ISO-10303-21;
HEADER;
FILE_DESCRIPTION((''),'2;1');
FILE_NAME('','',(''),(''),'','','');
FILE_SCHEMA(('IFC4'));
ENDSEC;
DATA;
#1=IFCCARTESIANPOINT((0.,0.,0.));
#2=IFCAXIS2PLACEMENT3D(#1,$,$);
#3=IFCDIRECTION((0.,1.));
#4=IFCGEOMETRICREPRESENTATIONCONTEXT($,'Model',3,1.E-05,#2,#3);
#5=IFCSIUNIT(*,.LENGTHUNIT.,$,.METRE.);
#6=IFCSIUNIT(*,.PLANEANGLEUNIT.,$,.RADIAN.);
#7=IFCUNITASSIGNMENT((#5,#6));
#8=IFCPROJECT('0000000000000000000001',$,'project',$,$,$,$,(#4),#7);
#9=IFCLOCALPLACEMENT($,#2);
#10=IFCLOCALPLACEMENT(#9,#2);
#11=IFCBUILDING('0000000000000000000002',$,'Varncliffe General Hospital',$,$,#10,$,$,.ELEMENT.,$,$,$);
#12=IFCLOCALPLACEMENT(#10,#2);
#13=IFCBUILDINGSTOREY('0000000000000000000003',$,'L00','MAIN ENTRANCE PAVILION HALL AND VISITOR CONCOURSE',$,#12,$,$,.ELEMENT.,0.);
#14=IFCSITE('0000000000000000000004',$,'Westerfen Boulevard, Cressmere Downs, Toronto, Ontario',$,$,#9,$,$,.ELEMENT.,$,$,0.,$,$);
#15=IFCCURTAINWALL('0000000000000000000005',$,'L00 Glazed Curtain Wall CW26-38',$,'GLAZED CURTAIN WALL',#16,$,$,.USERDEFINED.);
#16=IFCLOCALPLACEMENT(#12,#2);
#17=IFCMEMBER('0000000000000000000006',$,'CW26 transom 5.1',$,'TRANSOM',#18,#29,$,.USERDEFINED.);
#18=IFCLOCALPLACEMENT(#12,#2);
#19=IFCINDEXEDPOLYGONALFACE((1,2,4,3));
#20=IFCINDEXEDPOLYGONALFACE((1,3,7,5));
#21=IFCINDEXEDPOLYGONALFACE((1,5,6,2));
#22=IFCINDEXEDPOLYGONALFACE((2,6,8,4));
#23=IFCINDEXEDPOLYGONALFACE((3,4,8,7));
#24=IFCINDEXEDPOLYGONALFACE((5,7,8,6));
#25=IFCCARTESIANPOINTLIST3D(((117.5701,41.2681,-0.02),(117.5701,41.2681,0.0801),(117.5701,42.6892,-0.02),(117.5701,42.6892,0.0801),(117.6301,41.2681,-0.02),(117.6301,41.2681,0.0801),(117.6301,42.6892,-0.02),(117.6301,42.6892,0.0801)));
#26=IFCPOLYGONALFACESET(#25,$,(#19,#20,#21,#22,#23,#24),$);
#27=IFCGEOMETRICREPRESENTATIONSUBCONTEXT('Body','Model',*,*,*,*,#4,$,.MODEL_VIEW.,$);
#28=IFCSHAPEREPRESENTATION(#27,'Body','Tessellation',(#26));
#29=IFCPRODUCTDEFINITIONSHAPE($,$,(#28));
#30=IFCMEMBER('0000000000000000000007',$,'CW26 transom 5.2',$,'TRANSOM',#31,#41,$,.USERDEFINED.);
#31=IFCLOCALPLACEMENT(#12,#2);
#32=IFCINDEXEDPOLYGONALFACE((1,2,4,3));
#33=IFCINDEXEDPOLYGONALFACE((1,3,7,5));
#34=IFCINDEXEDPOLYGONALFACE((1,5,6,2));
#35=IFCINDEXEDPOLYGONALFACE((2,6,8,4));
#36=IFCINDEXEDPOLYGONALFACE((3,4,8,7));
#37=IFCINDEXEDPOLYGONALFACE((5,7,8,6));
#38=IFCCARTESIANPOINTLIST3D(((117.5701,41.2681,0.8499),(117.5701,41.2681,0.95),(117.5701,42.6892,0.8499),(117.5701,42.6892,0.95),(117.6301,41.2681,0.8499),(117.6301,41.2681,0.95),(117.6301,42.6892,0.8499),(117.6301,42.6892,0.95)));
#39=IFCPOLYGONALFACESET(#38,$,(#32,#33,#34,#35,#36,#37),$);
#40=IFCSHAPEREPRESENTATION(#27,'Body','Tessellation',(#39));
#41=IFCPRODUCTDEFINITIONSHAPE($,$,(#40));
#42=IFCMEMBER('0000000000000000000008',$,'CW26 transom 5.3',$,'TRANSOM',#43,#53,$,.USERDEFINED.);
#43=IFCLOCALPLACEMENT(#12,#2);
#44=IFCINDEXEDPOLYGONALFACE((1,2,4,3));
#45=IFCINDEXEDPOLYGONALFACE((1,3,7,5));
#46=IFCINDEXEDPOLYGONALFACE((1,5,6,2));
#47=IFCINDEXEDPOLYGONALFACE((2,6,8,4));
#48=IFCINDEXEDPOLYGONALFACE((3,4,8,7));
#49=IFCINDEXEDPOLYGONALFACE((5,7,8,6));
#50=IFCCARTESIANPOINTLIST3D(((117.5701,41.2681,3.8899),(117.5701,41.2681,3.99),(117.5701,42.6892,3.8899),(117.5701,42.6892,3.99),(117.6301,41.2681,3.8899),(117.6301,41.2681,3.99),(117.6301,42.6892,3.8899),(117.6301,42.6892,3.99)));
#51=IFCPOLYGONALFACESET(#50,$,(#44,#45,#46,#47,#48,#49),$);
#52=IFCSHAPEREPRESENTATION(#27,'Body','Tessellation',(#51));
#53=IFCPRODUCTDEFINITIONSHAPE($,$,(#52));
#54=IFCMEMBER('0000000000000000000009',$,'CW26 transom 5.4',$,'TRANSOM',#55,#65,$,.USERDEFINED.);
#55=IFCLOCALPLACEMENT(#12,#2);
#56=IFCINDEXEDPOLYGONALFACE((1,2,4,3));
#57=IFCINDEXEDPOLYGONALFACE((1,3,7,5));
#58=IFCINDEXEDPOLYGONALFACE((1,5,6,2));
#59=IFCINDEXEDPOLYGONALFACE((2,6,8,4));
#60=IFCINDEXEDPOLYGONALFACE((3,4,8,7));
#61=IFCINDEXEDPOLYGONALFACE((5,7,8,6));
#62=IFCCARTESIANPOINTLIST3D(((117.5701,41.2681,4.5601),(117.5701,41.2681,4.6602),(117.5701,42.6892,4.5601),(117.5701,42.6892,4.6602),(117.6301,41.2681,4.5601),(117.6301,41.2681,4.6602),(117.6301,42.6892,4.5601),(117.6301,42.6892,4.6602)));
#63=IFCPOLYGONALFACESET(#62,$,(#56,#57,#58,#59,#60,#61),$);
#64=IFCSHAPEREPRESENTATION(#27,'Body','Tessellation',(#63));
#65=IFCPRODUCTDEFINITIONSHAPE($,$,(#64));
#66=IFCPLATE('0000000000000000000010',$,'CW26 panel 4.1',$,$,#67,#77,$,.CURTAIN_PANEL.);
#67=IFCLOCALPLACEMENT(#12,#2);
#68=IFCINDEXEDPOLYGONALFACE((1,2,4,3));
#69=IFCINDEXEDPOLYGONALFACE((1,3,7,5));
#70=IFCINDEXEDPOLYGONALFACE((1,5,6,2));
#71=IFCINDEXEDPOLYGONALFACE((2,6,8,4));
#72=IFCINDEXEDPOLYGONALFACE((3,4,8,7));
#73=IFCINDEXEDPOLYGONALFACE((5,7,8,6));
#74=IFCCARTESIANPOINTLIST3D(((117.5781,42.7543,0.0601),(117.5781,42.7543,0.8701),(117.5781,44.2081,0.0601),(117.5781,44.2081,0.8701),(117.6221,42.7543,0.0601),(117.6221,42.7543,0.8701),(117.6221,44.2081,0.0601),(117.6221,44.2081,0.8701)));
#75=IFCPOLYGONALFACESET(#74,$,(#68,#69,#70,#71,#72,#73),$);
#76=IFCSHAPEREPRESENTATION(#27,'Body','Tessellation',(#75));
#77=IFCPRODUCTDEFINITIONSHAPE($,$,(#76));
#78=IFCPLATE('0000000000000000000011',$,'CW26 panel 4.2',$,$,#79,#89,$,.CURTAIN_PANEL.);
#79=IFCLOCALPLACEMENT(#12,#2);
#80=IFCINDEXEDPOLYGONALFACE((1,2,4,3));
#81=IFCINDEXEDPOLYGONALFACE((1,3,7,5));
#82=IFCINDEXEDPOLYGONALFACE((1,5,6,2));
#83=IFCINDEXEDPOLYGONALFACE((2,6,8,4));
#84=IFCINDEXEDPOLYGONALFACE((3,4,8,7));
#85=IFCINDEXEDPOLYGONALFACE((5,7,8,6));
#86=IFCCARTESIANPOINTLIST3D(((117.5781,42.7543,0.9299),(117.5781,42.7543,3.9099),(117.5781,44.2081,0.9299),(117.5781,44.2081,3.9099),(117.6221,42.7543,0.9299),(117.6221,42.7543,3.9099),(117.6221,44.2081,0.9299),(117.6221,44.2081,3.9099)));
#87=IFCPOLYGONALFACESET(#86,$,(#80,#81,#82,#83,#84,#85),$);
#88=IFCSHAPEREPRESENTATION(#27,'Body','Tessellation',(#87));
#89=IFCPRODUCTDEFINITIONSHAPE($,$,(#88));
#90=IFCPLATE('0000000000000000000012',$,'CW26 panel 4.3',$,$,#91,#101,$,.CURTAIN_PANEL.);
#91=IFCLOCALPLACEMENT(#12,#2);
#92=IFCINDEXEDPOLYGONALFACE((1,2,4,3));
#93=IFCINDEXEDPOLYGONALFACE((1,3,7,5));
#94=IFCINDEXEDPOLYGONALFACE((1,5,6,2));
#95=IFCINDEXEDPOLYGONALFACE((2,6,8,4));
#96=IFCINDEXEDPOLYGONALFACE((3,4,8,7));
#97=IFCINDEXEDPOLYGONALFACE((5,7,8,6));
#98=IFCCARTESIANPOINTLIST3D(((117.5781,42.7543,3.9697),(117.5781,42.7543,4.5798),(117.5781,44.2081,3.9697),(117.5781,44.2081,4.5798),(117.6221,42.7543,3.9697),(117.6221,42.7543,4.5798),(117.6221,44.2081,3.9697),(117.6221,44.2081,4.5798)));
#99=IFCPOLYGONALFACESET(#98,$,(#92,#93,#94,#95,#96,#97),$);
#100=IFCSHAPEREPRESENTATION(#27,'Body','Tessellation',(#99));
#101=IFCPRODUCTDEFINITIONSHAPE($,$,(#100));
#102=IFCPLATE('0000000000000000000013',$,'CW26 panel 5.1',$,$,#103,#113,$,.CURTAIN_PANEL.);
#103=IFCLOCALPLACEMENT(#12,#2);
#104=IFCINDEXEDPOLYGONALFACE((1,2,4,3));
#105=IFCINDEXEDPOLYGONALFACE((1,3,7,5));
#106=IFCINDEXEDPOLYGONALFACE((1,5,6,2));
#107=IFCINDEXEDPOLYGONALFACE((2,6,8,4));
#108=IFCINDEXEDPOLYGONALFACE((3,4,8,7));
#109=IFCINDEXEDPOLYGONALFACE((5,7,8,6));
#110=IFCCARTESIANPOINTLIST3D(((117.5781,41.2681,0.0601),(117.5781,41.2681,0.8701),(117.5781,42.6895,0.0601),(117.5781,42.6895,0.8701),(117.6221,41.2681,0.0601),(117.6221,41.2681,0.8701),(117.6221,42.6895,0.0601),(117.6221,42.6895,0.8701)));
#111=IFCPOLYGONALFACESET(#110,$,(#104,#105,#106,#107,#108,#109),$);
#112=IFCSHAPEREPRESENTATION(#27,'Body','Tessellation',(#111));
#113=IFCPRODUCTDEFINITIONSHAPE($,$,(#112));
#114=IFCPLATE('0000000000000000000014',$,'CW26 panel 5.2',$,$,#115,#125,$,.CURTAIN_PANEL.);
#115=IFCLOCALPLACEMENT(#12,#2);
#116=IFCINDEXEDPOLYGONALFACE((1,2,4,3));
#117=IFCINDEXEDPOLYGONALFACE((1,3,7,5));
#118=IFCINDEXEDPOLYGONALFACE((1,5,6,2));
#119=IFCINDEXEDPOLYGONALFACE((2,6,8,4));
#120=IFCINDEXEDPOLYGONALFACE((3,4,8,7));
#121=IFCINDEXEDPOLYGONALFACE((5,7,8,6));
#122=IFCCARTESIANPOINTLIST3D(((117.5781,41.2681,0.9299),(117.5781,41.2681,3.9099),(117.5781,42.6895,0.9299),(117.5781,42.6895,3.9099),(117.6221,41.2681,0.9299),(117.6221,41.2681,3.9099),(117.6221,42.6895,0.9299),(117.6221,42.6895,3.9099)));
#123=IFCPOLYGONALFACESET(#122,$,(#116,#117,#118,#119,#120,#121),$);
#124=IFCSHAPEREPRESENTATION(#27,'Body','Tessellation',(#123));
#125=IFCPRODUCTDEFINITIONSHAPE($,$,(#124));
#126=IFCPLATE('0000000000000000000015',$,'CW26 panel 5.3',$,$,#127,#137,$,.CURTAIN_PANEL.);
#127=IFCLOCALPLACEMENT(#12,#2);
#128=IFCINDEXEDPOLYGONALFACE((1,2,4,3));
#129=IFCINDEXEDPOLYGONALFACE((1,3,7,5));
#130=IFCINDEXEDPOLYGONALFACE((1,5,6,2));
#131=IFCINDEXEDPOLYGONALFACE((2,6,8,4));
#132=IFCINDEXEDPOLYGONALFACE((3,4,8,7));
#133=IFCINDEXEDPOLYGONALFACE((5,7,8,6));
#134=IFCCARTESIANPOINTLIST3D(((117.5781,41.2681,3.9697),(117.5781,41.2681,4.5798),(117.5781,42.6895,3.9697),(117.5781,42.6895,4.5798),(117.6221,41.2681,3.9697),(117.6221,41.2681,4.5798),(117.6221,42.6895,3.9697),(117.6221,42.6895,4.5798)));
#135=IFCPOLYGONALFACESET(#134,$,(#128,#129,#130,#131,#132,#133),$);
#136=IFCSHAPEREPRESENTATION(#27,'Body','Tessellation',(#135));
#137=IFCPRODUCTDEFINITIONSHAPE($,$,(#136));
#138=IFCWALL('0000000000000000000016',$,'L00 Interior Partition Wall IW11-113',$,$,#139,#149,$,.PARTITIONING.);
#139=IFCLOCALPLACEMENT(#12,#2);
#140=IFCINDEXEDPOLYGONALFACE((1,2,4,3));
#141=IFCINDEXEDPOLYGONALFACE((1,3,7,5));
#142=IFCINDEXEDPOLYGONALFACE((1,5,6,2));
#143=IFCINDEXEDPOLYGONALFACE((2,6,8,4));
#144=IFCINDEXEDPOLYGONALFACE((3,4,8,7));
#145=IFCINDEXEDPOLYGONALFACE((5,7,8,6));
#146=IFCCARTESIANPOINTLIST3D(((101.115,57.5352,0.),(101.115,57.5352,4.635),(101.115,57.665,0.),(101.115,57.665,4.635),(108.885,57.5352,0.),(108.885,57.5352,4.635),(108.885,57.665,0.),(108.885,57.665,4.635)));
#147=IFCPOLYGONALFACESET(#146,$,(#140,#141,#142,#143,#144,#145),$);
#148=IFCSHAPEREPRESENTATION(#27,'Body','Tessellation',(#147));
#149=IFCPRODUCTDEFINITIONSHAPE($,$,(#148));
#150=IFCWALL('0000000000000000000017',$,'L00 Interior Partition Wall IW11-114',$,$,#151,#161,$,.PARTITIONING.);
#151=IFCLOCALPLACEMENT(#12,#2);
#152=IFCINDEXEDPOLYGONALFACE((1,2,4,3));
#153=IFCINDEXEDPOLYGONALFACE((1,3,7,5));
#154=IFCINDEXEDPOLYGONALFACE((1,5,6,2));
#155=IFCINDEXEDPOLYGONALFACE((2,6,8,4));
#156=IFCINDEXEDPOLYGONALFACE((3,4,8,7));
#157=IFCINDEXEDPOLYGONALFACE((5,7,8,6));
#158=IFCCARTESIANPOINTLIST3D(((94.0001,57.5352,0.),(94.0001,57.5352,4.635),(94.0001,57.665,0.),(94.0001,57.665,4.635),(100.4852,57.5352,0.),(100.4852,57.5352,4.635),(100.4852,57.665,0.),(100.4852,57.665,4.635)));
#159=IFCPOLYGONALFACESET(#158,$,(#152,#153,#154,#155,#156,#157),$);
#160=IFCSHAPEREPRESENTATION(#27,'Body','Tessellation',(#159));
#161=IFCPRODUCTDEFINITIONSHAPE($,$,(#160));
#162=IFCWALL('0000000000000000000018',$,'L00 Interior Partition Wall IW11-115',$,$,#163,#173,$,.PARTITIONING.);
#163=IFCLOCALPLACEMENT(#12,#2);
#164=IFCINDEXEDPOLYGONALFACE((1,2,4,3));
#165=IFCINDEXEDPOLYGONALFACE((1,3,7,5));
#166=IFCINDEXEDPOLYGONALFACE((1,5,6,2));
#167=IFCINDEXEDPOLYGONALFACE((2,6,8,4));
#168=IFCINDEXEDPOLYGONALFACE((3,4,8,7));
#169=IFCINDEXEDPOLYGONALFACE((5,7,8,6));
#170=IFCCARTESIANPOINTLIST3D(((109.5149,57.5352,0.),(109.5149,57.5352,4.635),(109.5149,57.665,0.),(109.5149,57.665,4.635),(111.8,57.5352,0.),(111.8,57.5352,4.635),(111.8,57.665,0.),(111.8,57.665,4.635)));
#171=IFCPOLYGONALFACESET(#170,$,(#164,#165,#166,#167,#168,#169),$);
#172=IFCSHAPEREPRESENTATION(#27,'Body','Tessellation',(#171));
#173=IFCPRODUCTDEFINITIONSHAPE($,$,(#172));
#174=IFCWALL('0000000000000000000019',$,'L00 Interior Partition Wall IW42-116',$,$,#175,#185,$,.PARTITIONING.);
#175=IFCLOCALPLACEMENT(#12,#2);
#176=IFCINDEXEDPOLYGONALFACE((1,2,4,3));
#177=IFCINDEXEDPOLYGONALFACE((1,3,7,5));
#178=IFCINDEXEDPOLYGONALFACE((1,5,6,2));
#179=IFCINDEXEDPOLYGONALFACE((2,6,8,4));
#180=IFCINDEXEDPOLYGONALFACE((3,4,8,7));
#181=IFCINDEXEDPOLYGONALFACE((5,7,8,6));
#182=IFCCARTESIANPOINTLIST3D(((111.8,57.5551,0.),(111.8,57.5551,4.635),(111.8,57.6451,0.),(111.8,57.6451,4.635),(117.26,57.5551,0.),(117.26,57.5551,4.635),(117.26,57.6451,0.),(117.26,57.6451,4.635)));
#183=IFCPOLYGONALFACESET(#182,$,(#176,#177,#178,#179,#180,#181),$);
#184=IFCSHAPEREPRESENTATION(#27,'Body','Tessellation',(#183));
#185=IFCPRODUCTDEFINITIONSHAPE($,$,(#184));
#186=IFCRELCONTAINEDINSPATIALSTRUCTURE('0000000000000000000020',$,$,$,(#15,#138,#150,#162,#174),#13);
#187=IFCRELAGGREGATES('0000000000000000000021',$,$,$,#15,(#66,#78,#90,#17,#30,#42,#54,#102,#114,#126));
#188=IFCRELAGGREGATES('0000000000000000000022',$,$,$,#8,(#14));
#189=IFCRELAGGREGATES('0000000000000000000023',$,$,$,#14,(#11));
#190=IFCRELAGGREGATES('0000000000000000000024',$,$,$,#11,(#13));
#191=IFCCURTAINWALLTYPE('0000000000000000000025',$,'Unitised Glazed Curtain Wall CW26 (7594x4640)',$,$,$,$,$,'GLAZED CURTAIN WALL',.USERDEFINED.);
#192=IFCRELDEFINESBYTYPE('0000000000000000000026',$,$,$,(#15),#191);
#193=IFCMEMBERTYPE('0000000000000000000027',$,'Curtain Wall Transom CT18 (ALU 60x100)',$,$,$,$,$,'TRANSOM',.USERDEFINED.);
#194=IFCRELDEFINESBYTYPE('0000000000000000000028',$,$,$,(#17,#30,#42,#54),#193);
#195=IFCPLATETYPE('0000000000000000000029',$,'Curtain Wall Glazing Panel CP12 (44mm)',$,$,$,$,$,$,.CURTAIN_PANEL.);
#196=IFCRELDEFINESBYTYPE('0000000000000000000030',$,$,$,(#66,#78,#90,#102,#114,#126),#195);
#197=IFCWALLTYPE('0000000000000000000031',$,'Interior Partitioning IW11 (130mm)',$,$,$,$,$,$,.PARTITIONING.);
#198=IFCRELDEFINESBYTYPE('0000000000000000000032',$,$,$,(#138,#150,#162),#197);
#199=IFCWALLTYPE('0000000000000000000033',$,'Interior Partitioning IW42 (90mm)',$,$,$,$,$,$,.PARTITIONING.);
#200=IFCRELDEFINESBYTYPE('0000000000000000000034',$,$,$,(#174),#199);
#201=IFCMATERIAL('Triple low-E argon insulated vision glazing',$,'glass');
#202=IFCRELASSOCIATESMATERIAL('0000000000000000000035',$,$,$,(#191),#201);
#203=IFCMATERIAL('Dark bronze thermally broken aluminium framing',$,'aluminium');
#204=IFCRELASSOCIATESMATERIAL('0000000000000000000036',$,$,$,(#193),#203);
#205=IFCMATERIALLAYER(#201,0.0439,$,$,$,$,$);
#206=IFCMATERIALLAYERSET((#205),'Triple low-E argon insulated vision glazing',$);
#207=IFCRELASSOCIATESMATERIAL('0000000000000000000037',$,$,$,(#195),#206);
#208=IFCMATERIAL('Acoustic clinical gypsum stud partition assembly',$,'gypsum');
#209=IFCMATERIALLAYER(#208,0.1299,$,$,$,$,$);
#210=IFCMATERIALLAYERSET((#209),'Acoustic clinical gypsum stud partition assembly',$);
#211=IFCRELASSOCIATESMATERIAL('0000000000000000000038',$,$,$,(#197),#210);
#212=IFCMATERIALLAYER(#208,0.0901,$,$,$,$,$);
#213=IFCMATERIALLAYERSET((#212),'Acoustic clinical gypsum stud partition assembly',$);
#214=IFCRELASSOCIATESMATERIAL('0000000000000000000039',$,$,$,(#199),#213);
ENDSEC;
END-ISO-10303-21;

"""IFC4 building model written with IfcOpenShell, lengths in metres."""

from ifc_helpers import new_model, si_unit, direction, frame, frame_2d, origin, origin_2d, place, context, subcontext, project, spatial, rectangle, extrude, material, layer, layer_set, material_profile, profile_set, type_object, element, aggregate, save


model = new_model("IFC4")

# Units and contexts
model_context = context("Model", 3, precision=1e-05, world=origin(), true_north=direction((0.0, 1.0)))
body_context = subcontext(model_context, "Body", "Model", "MODEL_VIEW")
ifc_project = project(units=[si_unit("LENGTHUNIT", "METRE"), si_unit("PLANEANGLEUNIT", "RADIAN")], contexts=[model_context])

# Site, building, storey
site_placement = place(None, origin())
site = spatial("IfcSite", under=ifc_project, at=site_placement, Name="Westerfen Boulevard, Cressmere Downs, Toronto, Ontario", CompositionType="ELEMENT", RefElevation=0.0)
building_placement = place(site_placement, origin())
building = spatial("IfcBuilding", under=site, at=building_placement, Name="Varncliffe General Hospital", CompositionType="ELEMENT")
storey_placement = place(building_placement, origin())
storey = spatial("IfcBuildingStorey", under=building, at=storey_placement, Name="L00", Description="MAIN ENTRANCE PAVILION HALL AND VISITOR CONCOURSE", CompositionType="ELEMENT", Elevation=0.0)

# Curtain wall, members, plates
ifc_material_1 = material(Name="Triple low-E argon insulated vision glazing", Category="glass")
curtain_wall_type = type_object("IfcCurtainWallType", Name="Unitised Glazed Curtain Wall CW26 (7594x4640)", ElementType="GLAZED CURTAIN WALL", PredefinedType="USERDEFINED", material=ifc_material_1)
curtain_wall_placement = place(storey_placement, origin())
curtain_wall = element("IfcCurtainWall", 1, at=curtain_wall_placement, inside=storey, type_object=curtain_wall_type, Name="L00 Glazed Curtain Wall CW26-38", ObjectType="GLAZED CURTAIN WALL", PredefinedType="USERDEFINED")
ifc_material_2 = material(Name="Dark bronze thermally broken aluminium framing", Category="aluminium")
ifc_material_profile_1 = material_profile(ifc_material_2, rectangle(XDim=0.0601, YDim=0.1001, at=origin_2d()), Name="ALU 60x100")
ifc_profile_set_1 = profile_set([ifc_material_profile_1], Name="Dark bronze thermally broken aluminium framing")
member_type_1 = type_object("IfcMemberType", Name="Curtain Wall Transom CT18 (ALU 60x100)", ElementType="TRANSOM", PredefinedType="USERDEFINED", material=ifc_profile_set_1)
member_1_placement = place(storey_placement, frame((117.6001, 42.6892, 0.03), z_axis=(0.0, -1.0, 0.0), x_axis=(1.0, 0.0, 0.0)))
member_1 = element("IfcMember", 2, at=member_1_placement, type_object=member_type_1, Name="CW26 transom 5.1", ObjectType="TRANSOM", PredefinedType="USERDEFINED", context=body_context, shape_type="SweptSolid", body=[
    extrude(rectangle(XDim=0.0601, YDim=0.1001, at=origin_2d()), origin(), (0.0, 0.0, 1.0), 1.4211),
])
member_2_placement = place(storey_placement, frame((117.6001, 42.6892, 0.8999), z_axis=(0.0, -1.0, 0.0), x_axis=(1.0, 0.0, 0.0)))
member_2 = element("IfcMember", 3, at=member_2_placement, type_object=member_type_1, Name="CW26 transom 5.2", ObjectType="TRANSOM", PredefinedType="USERDEFINED", context=body_context, shape_type="SweptSolid", body=[
    extrude(rectangle(XDim=0.0601, YDim=0.1001, at=origin_2d()), origin(), (0.0, 0.0, 1.0), 1.4211),
])
member_3_placement = place(storey_placement, frame((117.6001, 42.6892, 3.9399), z_axis=(0.0, -1.0, 0.0), x_axis=(1.0, 0.0, 0.0)))
member_3 = element("IfcMember", 4, at=member_3_placement, type_object=member_type_1, Name="CW26 transom 5.3", ObjectType="TRANSOM", PredefinedType="USERDEFINED", context=body_context, shape_type="SweptSolid", body=[
    extrude(rectangle(XDim=0.0601, YDim=0.1001, at=origin_2d()), origin(), (0.0, 0.0, 1.0), 1.4211),
])
member_4_placement = place(storey_placement, frame((117.6001, 42.6892, 4.6101), z_axis=(0.0, -1.0, 0.0), x_axis=(1.0, 0.0, 0.0)))
member_4 = element("IfcMember", 5, at=member_4_placement, type_object=member_type_1, Name="CW26 transom 5.4", ObjectType="TRANSOM", PredefinedType="USERDEFINED", context=body_context, shape_type="SweptSolid", body=[
    extrude(rectangle(XDim=0.0601, YDim=0.1001, at=origin_2d()), origin(), (0.0, 0.0, 1.0), 1.4211),
])
ifc_layer_1 = layer(ifc_material_1, 0.0439)
ifc_layer_set_1 = layer_set([ifc_layer_1], Name="Triple low-E argon insulated vision glazing")
plate_type = type_object("IfcPlateType", Name="Curtain Wall Glazing Panel CP12 (44mm)", PredefinedType="CURTAIN_PANEL", material=ifc_layer_set_1)
plate_1_placement = place(storey_placement, frame((117.6001, 43.4812, 0.0601), z_axis=(0.0, 0.0, 1.0), x_axis=(0.0, -1.0, 0.0)))
plate_1 = element("IfcPlate", 6, at=plate_1_placement, type_object=plate_type, Name="CW26 panel 4.1", PredefinedType="CURTAIN_PANEL", context=body_context, shape_type="SweptSolid", body=[
    extrude(rectangle(XDim=1.4539, YDim=0.0439, at=origin_2d()), origin(), (0.0, 0.0, 1.0), 0.8101),
])
plate_2_placement = place(storey_placement, frame((117.6001, 43.4812, 0.9299), z_axis=(0.0, 0.0, 1.0), x_axis=(0.0, -1.0, 0.0)))
plate_2 = element("IfcPlate", 7, at=plate_2_placement, type_object=plate_type, Name="CW26 panel 4.2", PredefinedType="CURTAIN_PANEL", context=body_context, shape_type="SweptSolid", body=[
    extrude(rectangle(XDim=1.4539, YDim=0.0439, at=origin_2d()), origin(), (0.0, 0.0, 1.0), 2.98),
])
plate_3_placement = place(storey_placement, frame((117.6001, 43.4812, 3.9697), z_axis=(0.0, 0.0, 1.0), x_axis=(0.0, -1.0, 0.0)))
plate_3 = element("IfcPlate", 8, at=plate_3_placement, type_object=plate_type, Name="CW26 panel 4.3", PredefinedType="CURTAIN_PANEL", context=body_context, shape_type="SweptSolid", body=[
    extrude(rectangle(XDim=1.4539, YDim=0.0439, at=origin_2d()), origin(), (0.0, 0.0, 1.0), 0.6101),
])
plate_4_placement = place(storey_placement, frame((117.6001, 41.9788, 0.0601), z_axis=(0.0, 0.0, 1.0), x_axis=(0.0, -1.0, 0.0)))
plate_4 = element("IfcPlate", 9, at=plate_4_placement, type_object=plate_type, Name="CW26 panel 5.1", PredefinedType="CURTAIN_PANEL", context=body_context, shape_type="SweptSolid", body=[
    extrude(rectangle(XDim=1.4214, YDim=0.0439, at=origin_2d()), origin(), (0.0, 0.0, 1.0), 0.8101),
])
plate_5_placement = place(storey_placement, frame((117.6001, 41.9788, 0.9299), z_axis=(0.0, 0.0, 1.0), x_axis=(0.0, -1.0, 0.0)))
plate_5 = element("IfcPlate", 10, at=plate_5_placement, type_object=plate_type, Name="CW26 panel 5.2", PredefinedType="CURTAIN_PANEL", context=body_context, shape_type="SweptSolid", body=[
    extrude(rectangle(XDim=1.4214, YDim=0.0439, at=origin_2d()), origin(), (0.0, 0.0, 1.0), 2.98),
])
plate_6_placement = place(storey_placement, frame((117.6001, 41.9788, 3.9697), z_axis=(0.0, 0.0, 1.0), x_axis=(0.0, -1.0, 0.0)))
plate_6 = element("IfcPlate", 11, at=plate_6_placement, type_object=plate_type, Name="CW26 panel 5.3", PredefinedType="CURTAIN_PANEL", context=body_context, shape_type="SweptSolid", body=[
    extrude(rectangle(XDim=1.4214, YDim=0.0439, at=origin_2d()), origin(), (0.0, 0.0, 1.0), 0.6101),
])
aggregate(curtain_wall, [plate_1, plate_2, plate_3, member_1, member_2, member_3, member_4, plate_4, plate_5, plate_6])

# Walls
ifc_material_3 = material(Name="Acoustic clinical gypsum stud partition assembly", Category="gypsum")
ifc_layer_2 = layer(ifc_material_3, 0.1299)
ifc_layer_set_2 = layer_set([ifc_layer_2], Name="Acoustic clinical gypsum stud partition assembly")
wall_type_1 = type_object("IfcWallType", Name="Interior Partitioning IW11 (130mm)", PredefinedType="PARTITIONING", material=ifc_layer_set_2)
wall_1_placement = place(storey_placement, frame((101.115, 57.6001, 0.0), z_axis=(0.0, 0.0, 1.0), x_axis=(1.0, 0.0, 0.0)))
element("IfcWall", 12, at=wall_1_placement, inside=storey, type_object=wall_type_1, Name="L00 Interior Partition Wall IW11-113", PredefinedType="PARTITIONING", context=body_context, shape_type="SweptSolid", body=[
    extrude(rectangle(XDim=7.77, YDim=0.1299, at=frame_2d((3.885, 0.0))), origin(), (0.0, 0.0, 1.0), 4.635),
])
wall_2_placement = place(storey_placement, frame((94.0, 57.6001, 0.0), z_axis=(0.0, 0.0, 1.0), x_axis=(1.0, 0.0, 0.0)))
element("IfcWall", 13, at=wall_2_placement, inside=storey, type_object=wall_type_1, Name="L00 Interior Partition Wall IW11-114", PredefinedType="PARTITIONING", context=body_context, shape_type="SweptSolid", body=[
    extrude(rectangle(XDim=6.4851, YDim=0.1299, at=frame_2d((3.2427, 0.0))), origin(), (0.0, 0.0, 1.0), 4.635),
])
wall_3_placement = place(storey_placement, frame((109.5149, 57.6001, 0.0), z_axis=(0.0, 0.0, 1.0), x_axis=(1.0, 0.0, 0.0)))
element("IfcWall", 14, at=wall_3_placement, inside=storey, type_object=wall_type_1, Name="L00 Interior Partition Wall IW11-115", PredefinedType="PARTITIONING", context=body_context, shape_type="SweptSolid", body=[
    extrude(rectangle(XDim=2.2852, YDim=0.1299, at=frame_2d((1.1426, 0.0))), origin(), (0.0, 0.0, 1.0), 4.635),
])
ifc_layer_3 = layer(ifc_material_3, 0.0901)
ifc_layer_set_3 = layer_set([ifc_layer_3], Name="Acoustic clinical gypsum stud partition assembly")
wall_type_2 = type_object("IfcWallType", Name="Interior Partitioning IW42 (90mm)", PredefinedType="PARTITIONING", material=ifc_layer_set_3)
wall_4_placement = place(storey_placement, frame((111.8, 57.6001, 0.0), z_axis=(0.0, 0.0, 1.0), x_axis=(1.0, 0.0, 0.0)))
element("IfcWall", 15, at=wall_4_placement, inside=storey, type_object=wall_type_2, Name="L00 Interior Partition Wall IW42-116", PredefinedType="PARTITIONING", context=body_context, shape_type="SweptSolid", body=[
    extrude(rectangle(XDim=5.46, YDim=0.0901, at=frame_2d((2.73, 0.0))), origin(), (0.0, 0.0, 1.0), 4.635),
])

save(model, "model.ifc")
